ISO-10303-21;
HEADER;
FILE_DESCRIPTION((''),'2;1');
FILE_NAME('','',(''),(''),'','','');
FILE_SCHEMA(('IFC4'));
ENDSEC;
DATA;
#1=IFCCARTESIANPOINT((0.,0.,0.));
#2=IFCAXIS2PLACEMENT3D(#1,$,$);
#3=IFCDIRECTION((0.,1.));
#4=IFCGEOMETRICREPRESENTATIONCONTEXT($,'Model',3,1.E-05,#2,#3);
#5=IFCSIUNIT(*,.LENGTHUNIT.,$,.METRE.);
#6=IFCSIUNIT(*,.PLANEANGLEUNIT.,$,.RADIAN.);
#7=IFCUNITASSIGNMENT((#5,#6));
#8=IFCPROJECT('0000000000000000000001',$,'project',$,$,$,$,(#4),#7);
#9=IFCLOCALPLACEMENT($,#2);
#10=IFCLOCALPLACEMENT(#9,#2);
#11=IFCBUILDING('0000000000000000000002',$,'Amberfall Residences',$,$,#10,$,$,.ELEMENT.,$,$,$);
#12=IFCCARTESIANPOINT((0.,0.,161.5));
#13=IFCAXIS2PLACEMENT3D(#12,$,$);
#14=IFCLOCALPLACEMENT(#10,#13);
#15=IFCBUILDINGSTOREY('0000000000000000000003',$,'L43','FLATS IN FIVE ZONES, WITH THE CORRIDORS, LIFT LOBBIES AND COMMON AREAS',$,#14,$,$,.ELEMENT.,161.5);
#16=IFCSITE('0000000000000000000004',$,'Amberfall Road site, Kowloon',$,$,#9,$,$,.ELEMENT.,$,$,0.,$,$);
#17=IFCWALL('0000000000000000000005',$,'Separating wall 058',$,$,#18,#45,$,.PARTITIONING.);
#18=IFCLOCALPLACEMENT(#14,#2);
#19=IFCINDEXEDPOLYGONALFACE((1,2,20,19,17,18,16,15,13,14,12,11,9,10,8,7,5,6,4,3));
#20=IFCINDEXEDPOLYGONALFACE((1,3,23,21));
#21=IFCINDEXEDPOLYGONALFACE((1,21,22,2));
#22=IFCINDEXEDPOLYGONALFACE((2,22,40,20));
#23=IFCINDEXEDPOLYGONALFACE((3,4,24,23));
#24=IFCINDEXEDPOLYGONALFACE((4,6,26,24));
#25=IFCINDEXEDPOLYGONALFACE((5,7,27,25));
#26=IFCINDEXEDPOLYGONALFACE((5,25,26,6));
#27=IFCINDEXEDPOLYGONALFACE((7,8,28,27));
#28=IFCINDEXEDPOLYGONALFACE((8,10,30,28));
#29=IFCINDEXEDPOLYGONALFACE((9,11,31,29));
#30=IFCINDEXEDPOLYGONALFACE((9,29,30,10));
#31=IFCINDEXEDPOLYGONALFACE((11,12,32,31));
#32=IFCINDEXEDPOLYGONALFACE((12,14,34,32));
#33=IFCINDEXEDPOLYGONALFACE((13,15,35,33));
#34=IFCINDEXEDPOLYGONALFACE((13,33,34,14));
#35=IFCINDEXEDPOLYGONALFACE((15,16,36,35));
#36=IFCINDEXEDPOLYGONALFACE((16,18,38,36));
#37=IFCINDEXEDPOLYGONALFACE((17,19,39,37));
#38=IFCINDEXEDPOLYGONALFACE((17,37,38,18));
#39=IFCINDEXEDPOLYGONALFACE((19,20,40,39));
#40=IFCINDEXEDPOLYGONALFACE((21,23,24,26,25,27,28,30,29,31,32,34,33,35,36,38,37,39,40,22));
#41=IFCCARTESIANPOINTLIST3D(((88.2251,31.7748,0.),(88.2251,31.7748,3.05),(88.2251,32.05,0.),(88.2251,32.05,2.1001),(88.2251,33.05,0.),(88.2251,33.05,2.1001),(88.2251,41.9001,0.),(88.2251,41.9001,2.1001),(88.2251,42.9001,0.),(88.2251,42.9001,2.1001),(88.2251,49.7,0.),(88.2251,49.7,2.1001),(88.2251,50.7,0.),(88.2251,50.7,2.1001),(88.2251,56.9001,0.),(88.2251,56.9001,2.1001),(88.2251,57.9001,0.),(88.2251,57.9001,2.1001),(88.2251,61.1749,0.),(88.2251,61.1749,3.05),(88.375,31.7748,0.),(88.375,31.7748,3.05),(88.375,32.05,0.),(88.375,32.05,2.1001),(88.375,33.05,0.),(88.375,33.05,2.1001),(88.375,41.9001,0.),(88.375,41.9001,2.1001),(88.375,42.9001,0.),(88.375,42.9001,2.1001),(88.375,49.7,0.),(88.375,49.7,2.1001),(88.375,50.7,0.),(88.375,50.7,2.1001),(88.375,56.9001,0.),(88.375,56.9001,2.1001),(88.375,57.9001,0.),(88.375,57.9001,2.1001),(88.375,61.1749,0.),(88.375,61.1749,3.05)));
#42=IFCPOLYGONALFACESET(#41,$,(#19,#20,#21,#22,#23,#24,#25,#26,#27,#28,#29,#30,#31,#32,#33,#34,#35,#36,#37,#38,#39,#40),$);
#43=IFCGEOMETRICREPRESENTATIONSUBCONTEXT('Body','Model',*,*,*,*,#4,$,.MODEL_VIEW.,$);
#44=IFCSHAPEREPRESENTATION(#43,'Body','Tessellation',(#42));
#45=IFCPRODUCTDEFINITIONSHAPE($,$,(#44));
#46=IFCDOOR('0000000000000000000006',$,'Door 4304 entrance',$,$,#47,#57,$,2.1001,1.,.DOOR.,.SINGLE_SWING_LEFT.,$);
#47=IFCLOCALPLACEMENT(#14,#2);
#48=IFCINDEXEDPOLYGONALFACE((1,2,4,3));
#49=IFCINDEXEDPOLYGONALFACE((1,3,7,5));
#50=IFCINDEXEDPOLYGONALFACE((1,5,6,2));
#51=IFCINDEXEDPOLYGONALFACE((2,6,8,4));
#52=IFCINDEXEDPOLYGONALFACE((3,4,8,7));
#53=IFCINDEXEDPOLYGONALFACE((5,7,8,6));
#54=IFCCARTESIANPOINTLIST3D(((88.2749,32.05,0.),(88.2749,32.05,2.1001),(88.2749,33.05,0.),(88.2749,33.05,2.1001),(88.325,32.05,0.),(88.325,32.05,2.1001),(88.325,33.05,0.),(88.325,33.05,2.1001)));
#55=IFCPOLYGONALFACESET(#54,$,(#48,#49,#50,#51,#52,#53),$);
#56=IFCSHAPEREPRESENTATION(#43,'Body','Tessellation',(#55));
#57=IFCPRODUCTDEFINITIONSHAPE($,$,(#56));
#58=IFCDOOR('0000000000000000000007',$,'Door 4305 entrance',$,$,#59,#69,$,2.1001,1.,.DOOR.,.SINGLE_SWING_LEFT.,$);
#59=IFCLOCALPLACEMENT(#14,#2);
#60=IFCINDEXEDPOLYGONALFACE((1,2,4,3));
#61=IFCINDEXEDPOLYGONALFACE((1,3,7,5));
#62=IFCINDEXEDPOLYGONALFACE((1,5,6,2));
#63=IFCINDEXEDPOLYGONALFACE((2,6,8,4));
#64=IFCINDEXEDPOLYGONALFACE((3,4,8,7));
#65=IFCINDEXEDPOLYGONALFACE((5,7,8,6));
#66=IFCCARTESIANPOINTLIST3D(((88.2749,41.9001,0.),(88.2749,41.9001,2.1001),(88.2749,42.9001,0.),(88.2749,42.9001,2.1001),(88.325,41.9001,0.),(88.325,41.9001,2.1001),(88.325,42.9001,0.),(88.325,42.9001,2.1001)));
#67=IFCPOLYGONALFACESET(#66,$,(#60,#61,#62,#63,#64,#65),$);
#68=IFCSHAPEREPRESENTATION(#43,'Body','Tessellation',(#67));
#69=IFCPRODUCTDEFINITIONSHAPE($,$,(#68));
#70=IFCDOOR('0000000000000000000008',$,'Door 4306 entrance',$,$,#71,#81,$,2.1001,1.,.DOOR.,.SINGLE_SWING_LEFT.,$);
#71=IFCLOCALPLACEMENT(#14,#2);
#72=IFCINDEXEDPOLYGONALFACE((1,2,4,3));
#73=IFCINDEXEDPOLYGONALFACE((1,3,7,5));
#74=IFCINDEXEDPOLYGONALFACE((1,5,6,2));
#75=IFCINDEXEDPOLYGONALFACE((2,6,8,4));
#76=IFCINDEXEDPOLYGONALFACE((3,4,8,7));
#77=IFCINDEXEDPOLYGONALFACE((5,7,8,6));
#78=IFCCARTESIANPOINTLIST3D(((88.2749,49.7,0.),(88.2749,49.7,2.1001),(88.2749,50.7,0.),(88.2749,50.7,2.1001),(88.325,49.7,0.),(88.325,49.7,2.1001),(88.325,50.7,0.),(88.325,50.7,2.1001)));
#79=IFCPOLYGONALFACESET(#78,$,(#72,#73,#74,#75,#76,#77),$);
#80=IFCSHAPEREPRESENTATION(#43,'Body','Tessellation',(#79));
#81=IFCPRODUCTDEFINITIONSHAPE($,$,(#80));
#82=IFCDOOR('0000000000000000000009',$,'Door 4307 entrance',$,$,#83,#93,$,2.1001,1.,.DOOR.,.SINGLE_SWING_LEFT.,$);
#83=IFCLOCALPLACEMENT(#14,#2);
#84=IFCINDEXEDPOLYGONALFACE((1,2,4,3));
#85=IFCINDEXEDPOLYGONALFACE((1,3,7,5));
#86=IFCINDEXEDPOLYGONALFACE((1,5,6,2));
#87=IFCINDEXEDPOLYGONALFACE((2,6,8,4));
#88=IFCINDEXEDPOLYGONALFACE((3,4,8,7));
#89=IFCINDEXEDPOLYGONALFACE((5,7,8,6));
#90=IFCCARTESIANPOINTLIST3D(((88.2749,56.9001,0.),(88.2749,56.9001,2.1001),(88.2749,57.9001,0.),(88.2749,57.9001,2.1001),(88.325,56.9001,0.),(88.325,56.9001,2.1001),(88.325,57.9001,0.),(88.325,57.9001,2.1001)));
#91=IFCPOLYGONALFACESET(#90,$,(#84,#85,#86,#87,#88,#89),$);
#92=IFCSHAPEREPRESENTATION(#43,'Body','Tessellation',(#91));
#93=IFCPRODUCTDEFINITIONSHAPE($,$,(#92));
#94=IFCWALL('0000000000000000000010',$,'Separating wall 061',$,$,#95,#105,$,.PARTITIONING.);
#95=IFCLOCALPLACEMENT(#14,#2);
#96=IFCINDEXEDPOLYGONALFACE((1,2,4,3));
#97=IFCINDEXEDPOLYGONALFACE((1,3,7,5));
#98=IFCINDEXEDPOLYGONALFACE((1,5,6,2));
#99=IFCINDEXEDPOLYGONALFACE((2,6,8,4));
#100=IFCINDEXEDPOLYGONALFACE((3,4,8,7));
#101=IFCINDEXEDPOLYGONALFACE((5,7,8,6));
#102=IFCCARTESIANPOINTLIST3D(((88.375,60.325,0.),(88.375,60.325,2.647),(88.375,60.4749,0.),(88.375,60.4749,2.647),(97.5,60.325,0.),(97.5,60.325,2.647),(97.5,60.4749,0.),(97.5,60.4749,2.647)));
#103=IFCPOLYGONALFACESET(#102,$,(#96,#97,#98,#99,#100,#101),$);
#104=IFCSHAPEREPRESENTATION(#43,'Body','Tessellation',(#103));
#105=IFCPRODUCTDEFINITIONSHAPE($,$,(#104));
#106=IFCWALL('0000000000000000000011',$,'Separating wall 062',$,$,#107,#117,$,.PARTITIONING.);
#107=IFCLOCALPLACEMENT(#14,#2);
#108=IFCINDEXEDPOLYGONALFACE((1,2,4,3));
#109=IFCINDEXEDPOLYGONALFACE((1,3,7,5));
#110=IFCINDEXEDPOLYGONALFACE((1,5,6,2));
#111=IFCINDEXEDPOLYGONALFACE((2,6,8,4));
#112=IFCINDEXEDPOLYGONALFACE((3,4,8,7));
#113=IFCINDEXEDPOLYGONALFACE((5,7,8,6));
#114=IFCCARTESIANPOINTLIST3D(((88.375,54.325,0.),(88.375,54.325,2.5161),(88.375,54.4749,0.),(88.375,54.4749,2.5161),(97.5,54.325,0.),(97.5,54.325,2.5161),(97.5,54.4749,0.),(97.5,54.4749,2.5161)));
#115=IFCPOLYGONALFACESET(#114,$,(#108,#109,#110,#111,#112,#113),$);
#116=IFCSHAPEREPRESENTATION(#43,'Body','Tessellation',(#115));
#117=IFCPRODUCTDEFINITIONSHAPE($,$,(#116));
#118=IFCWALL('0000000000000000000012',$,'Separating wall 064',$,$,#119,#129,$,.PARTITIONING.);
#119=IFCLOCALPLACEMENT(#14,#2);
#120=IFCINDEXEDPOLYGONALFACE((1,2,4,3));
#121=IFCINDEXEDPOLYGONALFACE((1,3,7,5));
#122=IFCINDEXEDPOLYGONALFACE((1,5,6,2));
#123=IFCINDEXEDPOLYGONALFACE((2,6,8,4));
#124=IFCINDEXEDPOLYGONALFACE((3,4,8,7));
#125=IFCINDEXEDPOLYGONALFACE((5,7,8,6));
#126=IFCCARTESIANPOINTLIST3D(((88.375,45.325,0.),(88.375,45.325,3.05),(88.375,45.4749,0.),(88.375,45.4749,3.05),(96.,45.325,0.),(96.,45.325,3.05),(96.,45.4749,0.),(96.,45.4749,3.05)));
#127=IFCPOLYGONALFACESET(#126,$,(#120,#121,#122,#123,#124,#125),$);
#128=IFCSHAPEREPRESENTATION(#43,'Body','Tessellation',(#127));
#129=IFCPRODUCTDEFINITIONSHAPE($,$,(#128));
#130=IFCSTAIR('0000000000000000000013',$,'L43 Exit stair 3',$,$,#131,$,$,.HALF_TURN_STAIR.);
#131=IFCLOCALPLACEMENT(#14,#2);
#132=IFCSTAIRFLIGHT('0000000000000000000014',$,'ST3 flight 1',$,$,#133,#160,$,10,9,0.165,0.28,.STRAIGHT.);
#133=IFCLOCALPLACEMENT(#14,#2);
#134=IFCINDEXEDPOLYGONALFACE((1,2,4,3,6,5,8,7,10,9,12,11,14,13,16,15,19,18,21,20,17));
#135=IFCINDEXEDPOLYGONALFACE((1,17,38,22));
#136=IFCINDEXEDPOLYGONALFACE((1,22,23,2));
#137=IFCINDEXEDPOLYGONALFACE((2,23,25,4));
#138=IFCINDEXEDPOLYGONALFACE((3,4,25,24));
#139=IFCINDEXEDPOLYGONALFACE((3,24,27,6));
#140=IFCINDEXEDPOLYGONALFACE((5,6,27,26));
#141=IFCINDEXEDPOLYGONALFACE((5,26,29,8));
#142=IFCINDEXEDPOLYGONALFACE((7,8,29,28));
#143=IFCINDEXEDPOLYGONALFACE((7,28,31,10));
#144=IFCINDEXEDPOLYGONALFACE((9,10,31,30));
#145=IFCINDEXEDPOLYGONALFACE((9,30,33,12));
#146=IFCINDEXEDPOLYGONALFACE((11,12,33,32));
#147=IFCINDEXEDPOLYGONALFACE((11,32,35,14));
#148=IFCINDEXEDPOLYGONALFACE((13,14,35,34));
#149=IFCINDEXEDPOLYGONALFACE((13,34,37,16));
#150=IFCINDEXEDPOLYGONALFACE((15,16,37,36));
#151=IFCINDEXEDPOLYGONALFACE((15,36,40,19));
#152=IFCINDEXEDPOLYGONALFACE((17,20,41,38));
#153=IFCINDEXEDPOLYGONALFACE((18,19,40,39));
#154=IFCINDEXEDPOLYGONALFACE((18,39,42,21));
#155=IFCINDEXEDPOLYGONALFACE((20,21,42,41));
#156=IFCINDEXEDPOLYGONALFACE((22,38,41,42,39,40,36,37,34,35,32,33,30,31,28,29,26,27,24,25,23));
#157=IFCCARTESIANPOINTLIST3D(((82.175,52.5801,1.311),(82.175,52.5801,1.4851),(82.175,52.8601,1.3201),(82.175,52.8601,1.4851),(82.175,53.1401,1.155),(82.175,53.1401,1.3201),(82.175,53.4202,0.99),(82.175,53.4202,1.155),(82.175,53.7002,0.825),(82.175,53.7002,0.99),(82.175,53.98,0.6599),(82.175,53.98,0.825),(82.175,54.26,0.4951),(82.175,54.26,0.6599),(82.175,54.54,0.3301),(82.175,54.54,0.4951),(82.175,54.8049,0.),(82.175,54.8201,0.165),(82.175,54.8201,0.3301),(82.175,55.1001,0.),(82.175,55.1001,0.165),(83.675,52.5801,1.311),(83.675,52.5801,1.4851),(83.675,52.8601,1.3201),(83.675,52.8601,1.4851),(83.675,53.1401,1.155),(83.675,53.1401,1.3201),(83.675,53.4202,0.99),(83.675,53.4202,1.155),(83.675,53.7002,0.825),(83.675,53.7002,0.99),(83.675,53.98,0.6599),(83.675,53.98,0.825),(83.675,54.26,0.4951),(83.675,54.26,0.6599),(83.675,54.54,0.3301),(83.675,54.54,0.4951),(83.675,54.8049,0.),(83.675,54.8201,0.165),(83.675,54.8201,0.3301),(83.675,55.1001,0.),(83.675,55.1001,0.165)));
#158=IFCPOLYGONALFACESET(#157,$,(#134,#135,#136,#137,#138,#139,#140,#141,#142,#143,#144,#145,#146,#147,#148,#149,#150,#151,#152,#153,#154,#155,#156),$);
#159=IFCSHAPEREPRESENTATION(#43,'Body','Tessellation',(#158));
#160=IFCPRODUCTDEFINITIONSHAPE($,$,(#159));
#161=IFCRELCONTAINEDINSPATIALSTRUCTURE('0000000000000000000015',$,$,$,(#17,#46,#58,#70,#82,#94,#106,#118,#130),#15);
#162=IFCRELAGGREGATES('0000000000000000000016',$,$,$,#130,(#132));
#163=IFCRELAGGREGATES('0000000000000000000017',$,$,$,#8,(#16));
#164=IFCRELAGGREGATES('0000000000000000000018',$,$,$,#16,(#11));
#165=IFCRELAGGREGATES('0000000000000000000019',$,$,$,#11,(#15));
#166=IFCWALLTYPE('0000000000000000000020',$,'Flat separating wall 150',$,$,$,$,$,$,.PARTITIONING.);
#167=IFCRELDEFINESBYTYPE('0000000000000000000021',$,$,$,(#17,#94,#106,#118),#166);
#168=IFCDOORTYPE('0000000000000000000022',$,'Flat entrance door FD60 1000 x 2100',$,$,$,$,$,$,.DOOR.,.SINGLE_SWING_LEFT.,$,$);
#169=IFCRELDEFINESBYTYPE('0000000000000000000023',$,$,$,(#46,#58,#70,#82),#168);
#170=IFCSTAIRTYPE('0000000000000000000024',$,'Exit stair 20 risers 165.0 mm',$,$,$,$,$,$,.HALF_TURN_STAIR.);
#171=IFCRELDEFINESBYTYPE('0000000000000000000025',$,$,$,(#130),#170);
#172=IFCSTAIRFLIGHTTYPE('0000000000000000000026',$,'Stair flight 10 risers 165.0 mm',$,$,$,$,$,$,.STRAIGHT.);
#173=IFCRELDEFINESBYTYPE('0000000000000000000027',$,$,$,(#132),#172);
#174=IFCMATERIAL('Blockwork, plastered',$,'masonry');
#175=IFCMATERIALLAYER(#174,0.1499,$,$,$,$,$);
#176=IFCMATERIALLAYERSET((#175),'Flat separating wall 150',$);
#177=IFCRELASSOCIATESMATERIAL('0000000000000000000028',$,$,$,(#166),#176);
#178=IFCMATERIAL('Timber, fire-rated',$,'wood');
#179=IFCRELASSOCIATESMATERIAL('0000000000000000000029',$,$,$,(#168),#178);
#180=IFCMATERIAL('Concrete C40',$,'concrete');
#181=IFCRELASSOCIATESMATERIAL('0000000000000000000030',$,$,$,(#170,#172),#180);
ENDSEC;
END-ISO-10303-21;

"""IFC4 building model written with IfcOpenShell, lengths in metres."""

from ifc_helpers import new_model, si_unit, direction, frame, frame_2d, origin, place, context, subcontext, project, spatial, polyline, rectangle, outline, extrude, material, layer, layer_set, type_object, element, fill, aggregate, save


model = new_model("IFC4")

# Units and contexts
model_context = context("Model", 3, precision=1e-05, world=origin(), true_north=direction((0.0, 1.0)))
body_context = subcontext(model_context, "Body", "Model", "MODEL_VIEW")
ifc_project = project(units=[si_unit("LENGTHUNIT", "METRE"), si_unit("PLANEANGLEUNIT", "RADIAN")], contexts=[model_context])

# Site, building, storey
site_placement = place(None, origin())
site = spatial("IfcSite", under=ifc_project, at=site_placement, Name="Amberfall Road site, Kowloon", CompositionType="ELEMENT", RefElevation=0.0)
building_placement = place(site_placement, origin())
building = spatial("IfcBuilding", under=site, at=building_placement, Name="Amberfall Residences", CompositionType="ELEMENT")
storey_placement = place(building_placement, frame((0.0, 0.0, 161.5)))
storey = spatial("IfcBuildingStorey", under=building, at=storey_placement, Name="L43", Description="FLATS IN FIVE ZONES, WITH THE CORRIDORS, LIFT LOBBIES AND COMMON AREAS", CompositionType="ELEMENT", Elevation=161.5)

# Shared definitions
ifc_material_1 = material(Name="Blockwork, plastered", Category="masonry")
ifc_layer_1 = layer(ifc_material_1, 0.1499)
ifc_layer_set_1 = layer_set([ifc_layer_1], Name="Flat separating wall 150")
wall_type_1 = type_object("IfcWallType", Name="Flat separating wall 150", PredefinedType="PARTITIONING", material=ifc_layer_set_1)

# Wall, openings, doors
wall_1_placement = place(storey_placement, frame((88.3, 61.175, 0.0), z_axis=(0.0, 0.0, 1.0), x_axis=(0.0, -1.0, 0.0)))
wall_1 = element("IfcWall", 1, at=wall_1_placement, inside=storey, type_object=wall_type_1, Name="Separating wall 058", PredefinedType="PARTITIONING", context=body_context, shape_type="SweptSolid", body=[
    extrude(rectangle(XDim=29.4001, YDim=0.1499, at=frame_2d((14.7002, 0.0))), origin(), (0.0, 0.0, 1.0), 3.05),
])
opening_1_placement = place(wall_1_placement, frame((28.125, 0.0, 0.0)))
opening_1 = element("IfcOpeningElement", 2, at=opening_1_placement, cuts=wall_1, PredefinedType="OPENING", context=body_context, shape_type="SweptSolid", body=[
    extrude(rectangle(XDim=1.0, YDim=2.1001, at=frame_2d((0.5, 1.05))), frame((0.0, 0.085, 0.0), z_axis=(0.0, -1.0, 0.0), x_axis=(1.0, 0.0, 0.0)), (0.0, 0.0, 1.0), 0.1699),
])
opening_2_placement = place(wall_1_placement, frame((18.2749, 0.0, 0.0)))
opening_2 = element("IfcOpeningElement", 3, at=opening_2_placement, cuts=wall_1, PredefinedType="OPENING", context=body_context, shape_type="SweptSolid", body=[
    extrude(rectangle(XDim=1.0, YDim=2.1001, at=frame_2d((0.5, 1.05))), frame((0.0, 0.085, 0.0), z_axis=(0.0, -1.0, 0.0), x_axis=(1.0, 0.0, 0.0)), (0.0, 0.0, 1.0), 0.1699),
])
opening_3_placement = place(wall_1_placement, frame((10.4751, 0.0, 0.0)))
opening_3 = element("IfcOpeningElement", 4, at=opening_3_placement, cuts=wall_1, PredefinedType="OPENING", context=body_context, shape_type="SweptSolid", body=[
    extrude(rectangle(XDim=1.0, YDim=2.1001, at=frame_2d((0.5, 1.05))), frame((0.0, 0.085, 0.0), z_axis=(0.0, -1.0, 0.0), x_axis=(1.0, 0.0, 0.0)), (0.0, 0.0, 1.0), 0.1699),
])
opening_4_placement = place(wall_1_placement, frame((3.2749, 0.0, 0.0)))
opening_4 = element("IfcOpeningElement", 5, at=opening_4_placement, cuts=wall_1, PredefinedType="OPENING", context=body_context, shape_type="SweptSolid", body=[
    extrude(rectangle(XDim=1.0, YDim=2.1001, at=frame_2d((0.5, 1.05))), frame((0.0, 0.085, 0.0), z_axis=(0.0, -1.0, 0.0), x_axis=(1.0, 0.0, 0.0)), (0.0, 0.0, 1.0), 0.1699),
])
ifc_material_2 = material(Name="Timber, fire-rated", Category="wood")
door_type_1 = type_object("IfcDoorType", Name="Flat entrance door FD60 1000 x 2100", OperationType="SINGLE_SWING_LEFT", PredefinedType="DOOR", material=ifc_material_2)
door_1_placement = place(opening_1_placement, origin())
door_1 = element("IfcDoor", 6, at=door_1_placement, inside=storey, type_object=door_type_1, Name="Door 4304 entrance", OperationType="SINGLE_SWING_LEFT", OverallHeight=2.1001, OverallWidth=1.0, PredefinedType="DOOR", context=body_context, shape_type="SweptSolid", body=[
    extrude(rectangle(XDim=1.0, YDim=2.1001, at=frame_2d((0.5, 1.05))), frame((0.0, 0.0249, 0.0), z_axis=(0.0, -1.0, 0.0), x_axis=(1.0, 0.0, 0.0)), (0.0, 0.0, 1.0), 0.05),
])
fill(opening_1, door_1)
door_2_placement = place(opening_2_placement, origin())
door_2 = element("IfcDoor", 7, at=door_2_placement, inside=storey, type_object=door_type_1, Name="Door 4305 entrance", OperationType="SINGLE_SWING_LEFT", OverallHeight=2.1001, OverallWidth=1.0, PredefinedType="DOOR", context=body_context, shape_type="SweptSolid", body=[
    extrude(rectangle(XDim=1.0, YDim=2.1001, at=frame_2d((0.5, 1.05))), frame((0.0, 0.0249, 0.0), z_axis=(0.0, -1.0, 0.0), x_axis=(1.0, 0.0, 0.0)), (0.0, 0.0, 1.0), 0.05),
])
fill(opening_2, door_2)
door_3_placement = place(opening_3_placement, origin())
door_3 = element("IfcDoor", 8, at=door_3_placement, inside=storey, type_object=door_type_1, Name="Door 4306 entrance", OperationType="SINGLE_SWING_LEFT", OverallHeight=2.1001, OverallWidth=1.0, PredefinedType="DOOR", context=body_context, shape_type="SweptSolid", body=[
    extrude(rectangle(XDim=1.0, YDim=2.1001, at=frame_2d((0.5, 1.05))), frame((0.0, 0.0249, 0.0), z_axis=(0.0, -1.0, 0.0), x_axis=(1.0, 0.0, 0.0)), (0.0, 0.0, 1.0), 0.05),
])
fill(opening_3, door_3)
door_4_placement = place(opening_4_placement, origin())
door_4 = element("IfcDoor", 9, at=door_4_placement, inside=storey, type_object=door_type_1, Name="Door 4307 entrance", OperationType="SINGLE_SWING_LEFT", OverallHeight=2.1001, OverallWidth=1.0, PredefinedType="DOOR", context=body_context, shape_type="SweptSolid", body=[
    extrude(rectangle(XDim=1.0, YDim=2.1001, at=frame_2d((0.5, 1.05))), frame((0.0, 0.0249, 0.0), z_axis=(0.0, -1.0, 0.0), x_axis=(1.0, 0.0, 0.0)), (0.0, 0.0, 1.0), 0.05),
])
fill(opening_4, door_4)

# Walls
wall_2_placement = place(storey_placement, frame((88.375, 60.3999, 0.0), z_axis=(0.0, 0.0, 1.0), x_axis=(1.0, 0.0, 0.0)))
element("IfcWall", 10, at=wall_2_placement, inside=storey, type_object=wall_type_1, Name="Separating wall 061", PredefinedType="PARTITIONING", context=body_context, shape_type="SweptSolid", body=[
    extrude(rectangle(XDim=9.125, YDim=0.1499, at=frame_2d((4.5625, 0.0))), origin(), (0.0, 0.0, 1.0), 2.647),
])
wall_3_placement = place(storey_placement, frame((88.375, 54.3999, 0.0), z_axis=(0.0, 0.0, 1.0), x_axis=(1.0, 0.0, 0.0)))
element("IfcWall", 11, at=wall_3_placement, inside=storey, type_object=wall_type_1, Name="Separating wall 062", PredefinedType="PARTITIONING", context=body_context, shape_type="SweptSolid", body=[
    extrude(rectangle(XDim=9.125, YDim=0.1499, at=frame_2d((4.5625, 0.0))), origin(), (0.0, 0.0, 1.0), 2.5161),
])
wall_4_placement = place(storey_placement, frame((88.375, 45.3999, 0.0), z_axis=(0.0, 0.0, 1.0), x_axis=(1.0, 0.0, 0.0)))
element("IfcWall", 12, at=wall_4_placement, inside=storey, type_object=wall_type_1, Name="Separating wall 064", PredefinedType="PARTITIONING", context=body_context, shape_type="SweptSolid", body=[
    extrude(rectangle(XDim=7.625, YDim=0.1499, at=frame_2d((3.8125, 0.0))), origin(), (0.0, 0.0, 1.0), 3.05),
])

# Stair, stair flight
ifc_material_3 = material(Name="Concrete C40", Category="concrete")
stair_type = type_object("IfcStairType", Name="Exit stair 20 risers 165.0 mm", PredefinedType="HALF_TURN_STAIR", material=ifc_material_3)
stair_placement = place(storey_placement, origin())
stair = element("IfcStair", 13, at=stair_placement, inside=storey, type_object=stair_type, Name="L43 Exit stair 3", PredefinedType="HALF_TURN_STAIR")
stair_flight_type = type_object("IfcStairFlightType", Name="Stair flight 10 risers 165.0 mm", PredefinedType="STRAIGHT", material=ifc_material_3)
stair_flight_1_placement = place(storey_placement, frame((82.925, 55.1001, 0.0), z_axis=(0.0, 0.0, 1.0), x_axis=(0.0, -1.0, 0.0)))
stair_flight_1 = element("IfcStairFlight", 14, at=stair_flight_1_placement, type_object=stair_flight_type, Name="ST3 flight 1", NumberOfRisers=10, NumberOfTreads=9, PredefinedType="STRAIGHT", RiserHeight=0.165, TreadLength=0.28, context=body_context, shape_type="SweptSolid", body=[
    extrude(outline(polyline([(0.0, 0.0), (0.0, 0.165), (0.28, 0.165), (0.28, 0.3301), (0.5601, 0.3301), (0.5601, 0.4951), (0.8401, 0.4951), (0.8401, 0.6599), (1.1201, 0.6599), (1.1201, 0.825), (1.3999, 0.825), (1.3999, 0.99), (1.6799, 0.99), (1.6799, 1.155), (1.96, 1.155), (1.96, 1.3201), (2.24, 1.3201), (2.24, 1.4851), (2.52, 1.4851), (2.52, 1.6499), (2.52, 1.311), (0.2952, 0.0), (0.0, 0.0)])), frame((0.0, 0.75, 0.0), z_axis=(0.0, -1.0, 0.0), x_axis=(1.0, 0.0, 0.0)), (0.0, 0.0, 1.0), 1.5),
])
aggregate(stair, [stair_flight_1])

save(model, "model.ifc")
